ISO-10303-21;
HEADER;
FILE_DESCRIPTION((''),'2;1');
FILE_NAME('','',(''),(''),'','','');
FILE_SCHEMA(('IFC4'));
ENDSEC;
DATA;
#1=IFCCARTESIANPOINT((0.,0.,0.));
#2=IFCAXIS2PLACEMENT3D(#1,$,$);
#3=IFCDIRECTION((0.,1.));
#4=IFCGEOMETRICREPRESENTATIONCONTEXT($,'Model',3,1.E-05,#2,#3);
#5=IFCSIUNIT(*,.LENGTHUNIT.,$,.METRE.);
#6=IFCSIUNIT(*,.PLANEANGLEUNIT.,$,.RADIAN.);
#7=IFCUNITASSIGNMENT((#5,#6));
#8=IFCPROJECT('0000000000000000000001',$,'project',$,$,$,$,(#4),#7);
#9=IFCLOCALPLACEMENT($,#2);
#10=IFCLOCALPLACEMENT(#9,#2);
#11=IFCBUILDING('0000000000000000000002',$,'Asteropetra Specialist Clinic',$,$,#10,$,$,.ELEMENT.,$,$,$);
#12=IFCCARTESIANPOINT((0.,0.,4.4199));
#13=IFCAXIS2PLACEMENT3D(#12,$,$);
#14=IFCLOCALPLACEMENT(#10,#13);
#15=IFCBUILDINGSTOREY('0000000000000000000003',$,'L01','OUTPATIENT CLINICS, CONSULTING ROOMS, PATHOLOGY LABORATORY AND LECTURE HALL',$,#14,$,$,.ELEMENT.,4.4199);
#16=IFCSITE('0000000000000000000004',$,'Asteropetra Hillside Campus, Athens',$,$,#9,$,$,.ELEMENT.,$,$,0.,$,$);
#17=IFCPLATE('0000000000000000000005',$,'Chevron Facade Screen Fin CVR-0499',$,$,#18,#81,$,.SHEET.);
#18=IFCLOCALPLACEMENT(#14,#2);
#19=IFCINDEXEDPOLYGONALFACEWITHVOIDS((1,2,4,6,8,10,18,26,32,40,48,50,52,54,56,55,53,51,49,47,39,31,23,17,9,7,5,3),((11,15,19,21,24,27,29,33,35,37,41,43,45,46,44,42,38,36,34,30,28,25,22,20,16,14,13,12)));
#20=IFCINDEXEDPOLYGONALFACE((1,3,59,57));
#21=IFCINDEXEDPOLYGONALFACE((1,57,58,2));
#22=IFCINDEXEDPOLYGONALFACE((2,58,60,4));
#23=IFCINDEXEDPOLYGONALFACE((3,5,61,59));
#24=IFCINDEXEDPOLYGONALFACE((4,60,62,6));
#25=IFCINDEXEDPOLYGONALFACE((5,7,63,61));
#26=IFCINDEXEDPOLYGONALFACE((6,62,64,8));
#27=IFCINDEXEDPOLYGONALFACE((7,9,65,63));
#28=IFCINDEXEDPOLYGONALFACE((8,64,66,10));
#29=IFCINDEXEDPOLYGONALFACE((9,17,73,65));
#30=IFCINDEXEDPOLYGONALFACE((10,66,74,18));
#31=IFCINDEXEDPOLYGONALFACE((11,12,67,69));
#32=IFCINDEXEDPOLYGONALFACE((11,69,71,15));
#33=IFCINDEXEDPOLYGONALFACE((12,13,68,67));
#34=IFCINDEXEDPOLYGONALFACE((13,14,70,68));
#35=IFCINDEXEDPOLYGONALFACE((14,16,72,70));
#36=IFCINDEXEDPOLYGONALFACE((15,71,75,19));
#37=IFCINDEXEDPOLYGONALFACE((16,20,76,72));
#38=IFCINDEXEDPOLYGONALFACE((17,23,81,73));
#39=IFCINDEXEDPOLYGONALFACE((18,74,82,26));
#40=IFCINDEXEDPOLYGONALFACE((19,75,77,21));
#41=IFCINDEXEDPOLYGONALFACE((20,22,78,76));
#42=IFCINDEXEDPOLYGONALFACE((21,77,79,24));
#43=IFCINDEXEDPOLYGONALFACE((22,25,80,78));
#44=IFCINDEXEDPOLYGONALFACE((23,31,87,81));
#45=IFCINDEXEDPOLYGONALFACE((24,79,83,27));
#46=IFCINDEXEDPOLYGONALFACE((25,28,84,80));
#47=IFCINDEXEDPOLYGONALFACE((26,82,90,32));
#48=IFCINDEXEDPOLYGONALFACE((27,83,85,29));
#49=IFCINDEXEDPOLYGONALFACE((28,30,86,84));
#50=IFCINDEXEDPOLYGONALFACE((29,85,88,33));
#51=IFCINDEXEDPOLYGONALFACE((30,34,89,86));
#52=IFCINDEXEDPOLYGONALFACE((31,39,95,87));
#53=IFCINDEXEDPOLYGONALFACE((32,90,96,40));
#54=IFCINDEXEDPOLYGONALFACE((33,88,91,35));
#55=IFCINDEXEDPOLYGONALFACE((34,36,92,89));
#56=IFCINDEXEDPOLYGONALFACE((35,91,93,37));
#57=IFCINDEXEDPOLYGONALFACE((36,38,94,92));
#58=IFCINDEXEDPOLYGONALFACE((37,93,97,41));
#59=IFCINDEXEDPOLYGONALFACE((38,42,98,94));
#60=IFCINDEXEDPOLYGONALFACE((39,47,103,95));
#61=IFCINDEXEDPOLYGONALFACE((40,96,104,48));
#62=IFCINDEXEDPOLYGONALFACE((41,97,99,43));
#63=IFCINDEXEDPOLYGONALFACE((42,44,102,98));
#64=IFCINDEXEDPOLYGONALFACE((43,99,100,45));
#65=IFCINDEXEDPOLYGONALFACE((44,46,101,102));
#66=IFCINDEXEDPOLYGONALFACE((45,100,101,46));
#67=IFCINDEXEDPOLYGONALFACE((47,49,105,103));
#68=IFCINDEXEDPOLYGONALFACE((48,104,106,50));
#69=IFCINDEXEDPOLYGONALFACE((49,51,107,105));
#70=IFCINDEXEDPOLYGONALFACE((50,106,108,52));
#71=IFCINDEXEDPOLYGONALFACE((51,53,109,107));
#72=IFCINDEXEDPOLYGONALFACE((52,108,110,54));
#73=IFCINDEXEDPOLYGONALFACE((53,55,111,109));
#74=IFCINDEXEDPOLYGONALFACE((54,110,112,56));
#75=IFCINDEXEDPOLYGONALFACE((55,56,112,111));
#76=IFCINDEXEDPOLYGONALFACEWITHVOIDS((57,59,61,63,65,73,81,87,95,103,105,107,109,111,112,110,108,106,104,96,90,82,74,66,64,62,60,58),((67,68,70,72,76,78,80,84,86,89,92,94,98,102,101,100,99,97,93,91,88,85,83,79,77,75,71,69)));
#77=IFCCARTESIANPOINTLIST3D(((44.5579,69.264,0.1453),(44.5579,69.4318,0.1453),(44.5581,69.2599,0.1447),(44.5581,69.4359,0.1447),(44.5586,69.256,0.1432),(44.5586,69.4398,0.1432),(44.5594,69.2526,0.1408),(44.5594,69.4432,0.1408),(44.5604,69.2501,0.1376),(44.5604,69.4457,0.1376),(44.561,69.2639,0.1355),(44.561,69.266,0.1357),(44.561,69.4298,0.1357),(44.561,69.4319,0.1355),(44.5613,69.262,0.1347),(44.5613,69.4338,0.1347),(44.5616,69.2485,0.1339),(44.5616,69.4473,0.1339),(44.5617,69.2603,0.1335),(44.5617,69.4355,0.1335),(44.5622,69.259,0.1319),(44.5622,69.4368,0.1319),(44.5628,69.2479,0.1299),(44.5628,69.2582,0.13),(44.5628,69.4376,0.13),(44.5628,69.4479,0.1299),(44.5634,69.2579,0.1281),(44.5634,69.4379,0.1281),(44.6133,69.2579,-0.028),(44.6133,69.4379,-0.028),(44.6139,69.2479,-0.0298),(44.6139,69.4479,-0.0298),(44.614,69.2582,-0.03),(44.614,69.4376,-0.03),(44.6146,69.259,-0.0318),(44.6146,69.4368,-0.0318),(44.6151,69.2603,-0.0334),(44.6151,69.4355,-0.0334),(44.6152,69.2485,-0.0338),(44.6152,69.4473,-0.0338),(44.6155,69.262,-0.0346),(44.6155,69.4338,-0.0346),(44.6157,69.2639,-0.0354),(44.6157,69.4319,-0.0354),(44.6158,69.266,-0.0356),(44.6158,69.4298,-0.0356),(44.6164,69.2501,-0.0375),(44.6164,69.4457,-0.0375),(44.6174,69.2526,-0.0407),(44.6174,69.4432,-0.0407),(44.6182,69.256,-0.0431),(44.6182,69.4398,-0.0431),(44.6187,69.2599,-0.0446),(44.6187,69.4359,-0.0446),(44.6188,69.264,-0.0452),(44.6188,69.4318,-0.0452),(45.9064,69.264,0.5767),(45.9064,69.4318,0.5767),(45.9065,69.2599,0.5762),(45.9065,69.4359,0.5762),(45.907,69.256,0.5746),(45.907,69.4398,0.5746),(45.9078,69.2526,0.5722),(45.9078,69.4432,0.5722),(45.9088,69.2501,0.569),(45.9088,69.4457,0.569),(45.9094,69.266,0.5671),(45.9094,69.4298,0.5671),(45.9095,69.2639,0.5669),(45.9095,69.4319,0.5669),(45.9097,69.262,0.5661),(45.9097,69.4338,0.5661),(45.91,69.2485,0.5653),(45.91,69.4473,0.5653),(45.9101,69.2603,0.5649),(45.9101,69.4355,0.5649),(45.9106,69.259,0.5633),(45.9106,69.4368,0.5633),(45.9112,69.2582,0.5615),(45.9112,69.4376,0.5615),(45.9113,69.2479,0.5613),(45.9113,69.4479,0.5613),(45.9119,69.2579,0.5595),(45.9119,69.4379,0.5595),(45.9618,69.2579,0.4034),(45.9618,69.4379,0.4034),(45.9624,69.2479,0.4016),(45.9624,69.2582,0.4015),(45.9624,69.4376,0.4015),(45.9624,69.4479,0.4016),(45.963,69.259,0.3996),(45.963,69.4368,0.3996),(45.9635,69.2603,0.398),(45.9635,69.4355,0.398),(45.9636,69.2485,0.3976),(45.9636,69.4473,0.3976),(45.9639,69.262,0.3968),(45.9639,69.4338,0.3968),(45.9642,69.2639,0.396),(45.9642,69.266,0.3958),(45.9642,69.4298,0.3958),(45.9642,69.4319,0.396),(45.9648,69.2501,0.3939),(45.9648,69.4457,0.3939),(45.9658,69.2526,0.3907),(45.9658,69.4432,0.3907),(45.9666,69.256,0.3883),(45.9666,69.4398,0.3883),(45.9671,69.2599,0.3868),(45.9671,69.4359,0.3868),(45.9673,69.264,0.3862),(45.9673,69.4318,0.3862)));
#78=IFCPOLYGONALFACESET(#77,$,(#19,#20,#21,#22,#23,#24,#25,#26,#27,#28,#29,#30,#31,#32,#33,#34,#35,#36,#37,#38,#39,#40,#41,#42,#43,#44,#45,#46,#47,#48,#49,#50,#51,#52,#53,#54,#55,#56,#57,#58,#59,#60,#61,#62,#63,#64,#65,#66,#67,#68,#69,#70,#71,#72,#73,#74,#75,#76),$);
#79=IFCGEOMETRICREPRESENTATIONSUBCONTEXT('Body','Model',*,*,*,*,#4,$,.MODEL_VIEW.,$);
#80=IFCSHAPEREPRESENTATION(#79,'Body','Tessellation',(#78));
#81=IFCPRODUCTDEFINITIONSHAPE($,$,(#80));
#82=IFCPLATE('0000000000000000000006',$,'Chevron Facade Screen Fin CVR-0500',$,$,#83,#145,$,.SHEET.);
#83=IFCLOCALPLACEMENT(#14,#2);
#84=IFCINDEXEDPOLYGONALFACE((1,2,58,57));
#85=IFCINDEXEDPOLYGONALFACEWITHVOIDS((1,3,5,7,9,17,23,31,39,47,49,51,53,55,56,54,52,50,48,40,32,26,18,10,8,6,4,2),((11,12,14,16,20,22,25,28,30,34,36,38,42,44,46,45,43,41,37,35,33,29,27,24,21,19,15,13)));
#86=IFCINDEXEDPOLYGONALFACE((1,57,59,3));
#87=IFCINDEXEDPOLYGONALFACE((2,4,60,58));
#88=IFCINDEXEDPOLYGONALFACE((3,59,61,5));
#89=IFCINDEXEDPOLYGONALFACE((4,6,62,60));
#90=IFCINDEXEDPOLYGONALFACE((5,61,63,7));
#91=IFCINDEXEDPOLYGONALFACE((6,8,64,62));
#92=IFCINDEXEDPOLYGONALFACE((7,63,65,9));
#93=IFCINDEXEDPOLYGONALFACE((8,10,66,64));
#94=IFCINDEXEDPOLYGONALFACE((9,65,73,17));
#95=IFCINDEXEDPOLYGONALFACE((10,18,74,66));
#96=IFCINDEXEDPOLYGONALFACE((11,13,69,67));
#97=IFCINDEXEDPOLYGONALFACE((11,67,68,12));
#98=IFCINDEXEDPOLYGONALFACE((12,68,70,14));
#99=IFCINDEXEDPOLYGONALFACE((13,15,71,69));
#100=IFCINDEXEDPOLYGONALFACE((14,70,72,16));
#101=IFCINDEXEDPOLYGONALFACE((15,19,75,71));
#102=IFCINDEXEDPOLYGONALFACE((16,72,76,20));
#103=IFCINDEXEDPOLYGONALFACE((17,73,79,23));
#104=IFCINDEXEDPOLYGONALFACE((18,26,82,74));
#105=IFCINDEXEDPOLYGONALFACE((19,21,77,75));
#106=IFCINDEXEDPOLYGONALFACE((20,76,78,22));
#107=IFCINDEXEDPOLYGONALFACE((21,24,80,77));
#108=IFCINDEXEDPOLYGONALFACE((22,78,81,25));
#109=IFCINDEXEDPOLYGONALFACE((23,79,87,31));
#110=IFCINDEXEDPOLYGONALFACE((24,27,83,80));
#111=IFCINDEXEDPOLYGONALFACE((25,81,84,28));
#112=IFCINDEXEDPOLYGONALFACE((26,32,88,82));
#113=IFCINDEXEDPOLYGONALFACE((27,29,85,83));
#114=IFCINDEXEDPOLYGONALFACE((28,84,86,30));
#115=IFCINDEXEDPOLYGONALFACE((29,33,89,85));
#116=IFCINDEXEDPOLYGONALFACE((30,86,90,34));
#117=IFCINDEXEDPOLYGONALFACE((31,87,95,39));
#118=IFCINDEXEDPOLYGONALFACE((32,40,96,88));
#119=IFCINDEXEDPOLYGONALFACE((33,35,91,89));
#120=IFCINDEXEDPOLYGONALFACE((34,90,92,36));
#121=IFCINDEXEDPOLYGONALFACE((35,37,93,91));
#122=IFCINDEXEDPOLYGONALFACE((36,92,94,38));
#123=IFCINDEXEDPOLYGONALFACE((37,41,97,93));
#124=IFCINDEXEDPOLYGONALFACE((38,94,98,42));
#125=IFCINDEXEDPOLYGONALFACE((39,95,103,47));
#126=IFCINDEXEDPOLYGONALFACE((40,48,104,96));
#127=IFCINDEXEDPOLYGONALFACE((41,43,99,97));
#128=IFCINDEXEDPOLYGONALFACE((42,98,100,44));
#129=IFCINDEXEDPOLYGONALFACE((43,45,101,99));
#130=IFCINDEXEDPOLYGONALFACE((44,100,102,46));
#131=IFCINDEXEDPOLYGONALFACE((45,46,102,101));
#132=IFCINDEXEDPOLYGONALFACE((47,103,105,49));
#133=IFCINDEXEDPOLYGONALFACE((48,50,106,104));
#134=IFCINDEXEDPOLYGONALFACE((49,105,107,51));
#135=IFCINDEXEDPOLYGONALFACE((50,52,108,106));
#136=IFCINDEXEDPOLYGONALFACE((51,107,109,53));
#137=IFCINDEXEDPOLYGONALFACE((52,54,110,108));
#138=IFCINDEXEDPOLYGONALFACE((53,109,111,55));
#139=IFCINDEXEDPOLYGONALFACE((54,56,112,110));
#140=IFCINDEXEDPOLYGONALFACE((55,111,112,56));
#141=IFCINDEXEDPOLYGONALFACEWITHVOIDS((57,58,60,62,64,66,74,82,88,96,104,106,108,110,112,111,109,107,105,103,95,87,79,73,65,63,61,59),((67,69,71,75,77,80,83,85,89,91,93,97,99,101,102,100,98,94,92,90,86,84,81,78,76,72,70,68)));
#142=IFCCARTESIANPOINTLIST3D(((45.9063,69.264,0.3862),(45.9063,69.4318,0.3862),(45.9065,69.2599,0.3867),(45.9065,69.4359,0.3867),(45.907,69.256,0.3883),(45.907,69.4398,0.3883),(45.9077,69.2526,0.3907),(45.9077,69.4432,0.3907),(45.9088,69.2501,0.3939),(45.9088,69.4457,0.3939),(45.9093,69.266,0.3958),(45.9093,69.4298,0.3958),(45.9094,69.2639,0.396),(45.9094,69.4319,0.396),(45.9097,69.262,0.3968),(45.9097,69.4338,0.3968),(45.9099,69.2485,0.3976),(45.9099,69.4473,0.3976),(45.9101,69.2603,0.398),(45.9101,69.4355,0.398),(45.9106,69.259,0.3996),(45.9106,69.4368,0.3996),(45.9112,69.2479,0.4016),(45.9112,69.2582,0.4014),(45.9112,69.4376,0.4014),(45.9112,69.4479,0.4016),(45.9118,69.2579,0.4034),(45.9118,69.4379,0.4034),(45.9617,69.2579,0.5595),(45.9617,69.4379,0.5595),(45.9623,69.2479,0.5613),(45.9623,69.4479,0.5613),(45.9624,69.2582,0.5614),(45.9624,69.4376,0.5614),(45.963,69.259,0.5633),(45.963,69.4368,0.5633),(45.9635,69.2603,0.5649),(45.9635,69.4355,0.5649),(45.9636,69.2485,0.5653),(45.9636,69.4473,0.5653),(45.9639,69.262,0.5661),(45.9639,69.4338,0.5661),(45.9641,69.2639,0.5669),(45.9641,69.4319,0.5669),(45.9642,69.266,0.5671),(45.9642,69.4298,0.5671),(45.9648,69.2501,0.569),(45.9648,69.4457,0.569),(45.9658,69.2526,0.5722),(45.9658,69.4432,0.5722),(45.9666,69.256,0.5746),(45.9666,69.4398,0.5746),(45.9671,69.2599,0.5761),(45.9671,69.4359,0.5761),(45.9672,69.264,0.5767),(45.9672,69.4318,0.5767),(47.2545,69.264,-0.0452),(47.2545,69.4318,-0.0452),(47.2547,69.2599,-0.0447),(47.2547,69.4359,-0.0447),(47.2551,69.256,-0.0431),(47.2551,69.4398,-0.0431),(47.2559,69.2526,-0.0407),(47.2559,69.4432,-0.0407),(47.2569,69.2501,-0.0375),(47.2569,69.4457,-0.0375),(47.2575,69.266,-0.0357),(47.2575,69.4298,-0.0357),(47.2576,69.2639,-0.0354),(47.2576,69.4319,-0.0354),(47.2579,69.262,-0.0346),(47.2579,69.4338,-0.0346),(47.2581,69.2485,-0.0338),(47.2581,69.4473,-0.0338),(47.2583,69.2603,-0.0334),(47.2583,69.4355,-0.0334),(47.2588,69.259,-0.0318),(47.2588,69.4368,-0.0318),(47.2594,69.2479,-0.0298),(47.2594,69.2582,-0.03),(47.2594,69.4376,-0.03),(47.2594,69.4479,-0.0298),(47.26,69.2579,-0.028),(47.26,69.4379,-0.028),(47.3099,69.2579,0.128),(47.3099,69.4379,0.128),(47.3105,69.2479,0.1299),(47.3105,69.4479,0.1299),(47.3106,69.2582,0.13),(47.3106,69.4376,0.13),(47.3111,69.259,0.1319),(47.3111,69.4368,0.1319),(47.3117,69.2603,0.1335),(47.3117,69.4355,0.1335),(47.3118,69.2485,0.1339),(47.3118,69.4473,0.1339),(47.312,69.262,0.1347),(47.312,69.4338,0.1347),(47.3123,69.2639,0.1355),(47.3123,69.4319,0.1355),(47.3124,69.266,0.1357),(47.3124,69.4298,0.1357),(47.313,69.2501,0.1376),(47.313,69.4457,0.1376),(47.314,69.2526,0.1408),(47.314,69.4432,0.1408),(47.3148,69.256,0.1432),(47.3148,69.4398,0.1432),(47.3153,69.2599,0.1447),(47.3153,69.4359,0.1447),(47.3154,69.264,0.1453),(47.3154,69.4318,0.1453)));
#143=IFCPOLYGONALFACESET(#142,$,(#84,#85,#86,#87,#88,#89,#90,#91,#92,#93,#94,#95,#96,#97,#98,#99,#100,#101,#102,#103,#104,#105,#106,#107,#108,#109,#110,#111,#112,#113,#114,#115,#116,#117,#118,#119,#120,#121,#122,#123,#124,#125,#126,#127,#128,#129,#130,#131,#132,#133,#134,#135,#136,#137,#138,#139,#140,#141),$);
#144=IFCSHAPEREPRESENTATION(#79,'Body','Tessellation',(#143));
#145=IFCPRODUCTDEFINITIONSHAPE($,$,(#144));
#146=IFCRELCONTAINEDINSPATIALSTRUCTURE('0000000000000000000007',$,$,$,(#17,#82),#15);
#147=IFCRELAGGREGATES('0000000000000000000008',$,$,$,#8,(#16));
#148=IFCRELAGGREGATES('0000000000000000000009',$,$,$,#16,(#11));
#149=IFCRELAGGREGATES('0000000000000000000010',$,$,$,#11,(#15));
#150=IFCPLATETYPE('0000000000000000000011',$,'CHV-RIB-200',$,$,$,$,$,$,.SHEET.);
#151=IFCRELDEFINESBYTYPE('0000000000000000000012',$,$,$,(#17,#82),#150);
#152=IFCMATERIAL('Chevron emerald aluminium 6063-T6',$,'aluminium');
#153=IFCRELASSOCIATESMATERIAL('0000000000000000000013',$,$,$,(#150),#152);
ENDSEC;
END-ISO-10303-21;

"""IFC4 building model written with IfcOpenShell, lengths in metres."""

from ifc_helpers import new_model, si_unit, direction, frame, origin, origin_2d, place, context, subcontext, project, spatial, hollow_rectangle, extrude, material, material_profile, profile_set, type_object, element, save


model = new_model("IFC4")

# Units and contexts
model_context = context("Model", 3, precision=1e-05, world=origin(), true_north=direction((0.0, 1.0)))
body_context = subcontext(model_context, "Body", "Model", "MODEL_VIEW")
ifc_project = project(units=[si_unit("LENGTHUNIT", "METRE"), si_unit("PLANEANGLEUNIT", "RADIAN")], contexts=[model_context])

# Site, building, storey
site_placement = place(None, origin())
site = spatial("IfcSite", under=ifc_project, at=site_placement, Name="Asteropetra Hillside Campus, Athens", CompositionType="ELEMENT", RefElevation=0.0)
building_placement = place(site_placement, origin())
building = spatial("IfcBuilding", under=site, at=building_placement, Name="Asteropetra Specialist Clinic", CompositionType="ELEMENT")
storey_placement = place(building_placement, frame((0.0, 0.0, 4.4199)))
storey = spatial("IfcBuildingStorey", under=building, at=storey_placement, Name="L01", Description="OUTPATIENT CLINICS, CONSULTING ROOMS, PATHOLOGY LABORATORY AND LECTURE HALL", CompositionType="ELEMENT", Elevation=4.4199)

# Plates
ifc_material_1 = material(Name="Chevron emerald aluminium 6063-T6", Category="aluminium")
ifc_material_profile_1 = material_profile(ifc_material_1, hollow_rectangle(XDim=0.2, YDim=0.2, WallThickness=0.01, InnerFilletRadius=0.0081, OuterFilletRadius=0.0161, at=origin_2d()), Name="SHS 200x200x10.0")
ifc_profile_set_1 = profile_set([ifc_material_profile_1], Name="Chevron emerald aluminium 6063-T6")
plate_type = type_object("IfcPlateType", Name="CHV-RIB-200", PredefinedType="SHEET", material=ifc_profile_set_1)
for number, where, z_axis, x_axis, name in (
    (1, (44.5884, 69.3479, 0.05), (0.952442, 0.0, 0.304719), (0.0, 1.0, 0.0), "Chevron Facade Screen Fin CVR-0499"),
):
    element("IfcPlate", number, at=place(storey_placement, frame(where, z_axis=z_axis, x_axis=x_axis)), inside=storey, type_object=plate_type, Name=name, PredefinedType="SHEET", context=body_context, shape_type="SweptSolid", body=[
        extrude(hollow_rectangle(XDim=0.2, YDim=0.2, WallThickness=0.01, InnerFilletRadius=0.0081, OuterFilletRadius=0.0161, at=origin_2d()), origin(), (0.0, 0.0, 1.0), 1.4158),
    ])
plate_1_placement = place(storey_placement, frame((45.9368, 69.3479, 0.4814), z_axis=(0.952426, 0.0, -0.304769), x_axis=(0.0, 1.0, 0.0)))
element("IfcPlate", 2, at=plate_1_placement, inside=storey, type_object=plate_type, Name="Chevron Facade Screen Fin CVR-0500", PredefinedType="SHEET", context=body_context, shape_type="SweptSolid", body=[
    extrude(hollow_rectangle(XDim=0.2, YDim=0.2, WallThickness=0.01, InnerFilletRadius=0.0081, OuterFilletRadius=0.0161, at=origin_2d()), origin(), (0.0, 0.0, 1.0), 1.4155),
])

save(model, "model.ifc")
